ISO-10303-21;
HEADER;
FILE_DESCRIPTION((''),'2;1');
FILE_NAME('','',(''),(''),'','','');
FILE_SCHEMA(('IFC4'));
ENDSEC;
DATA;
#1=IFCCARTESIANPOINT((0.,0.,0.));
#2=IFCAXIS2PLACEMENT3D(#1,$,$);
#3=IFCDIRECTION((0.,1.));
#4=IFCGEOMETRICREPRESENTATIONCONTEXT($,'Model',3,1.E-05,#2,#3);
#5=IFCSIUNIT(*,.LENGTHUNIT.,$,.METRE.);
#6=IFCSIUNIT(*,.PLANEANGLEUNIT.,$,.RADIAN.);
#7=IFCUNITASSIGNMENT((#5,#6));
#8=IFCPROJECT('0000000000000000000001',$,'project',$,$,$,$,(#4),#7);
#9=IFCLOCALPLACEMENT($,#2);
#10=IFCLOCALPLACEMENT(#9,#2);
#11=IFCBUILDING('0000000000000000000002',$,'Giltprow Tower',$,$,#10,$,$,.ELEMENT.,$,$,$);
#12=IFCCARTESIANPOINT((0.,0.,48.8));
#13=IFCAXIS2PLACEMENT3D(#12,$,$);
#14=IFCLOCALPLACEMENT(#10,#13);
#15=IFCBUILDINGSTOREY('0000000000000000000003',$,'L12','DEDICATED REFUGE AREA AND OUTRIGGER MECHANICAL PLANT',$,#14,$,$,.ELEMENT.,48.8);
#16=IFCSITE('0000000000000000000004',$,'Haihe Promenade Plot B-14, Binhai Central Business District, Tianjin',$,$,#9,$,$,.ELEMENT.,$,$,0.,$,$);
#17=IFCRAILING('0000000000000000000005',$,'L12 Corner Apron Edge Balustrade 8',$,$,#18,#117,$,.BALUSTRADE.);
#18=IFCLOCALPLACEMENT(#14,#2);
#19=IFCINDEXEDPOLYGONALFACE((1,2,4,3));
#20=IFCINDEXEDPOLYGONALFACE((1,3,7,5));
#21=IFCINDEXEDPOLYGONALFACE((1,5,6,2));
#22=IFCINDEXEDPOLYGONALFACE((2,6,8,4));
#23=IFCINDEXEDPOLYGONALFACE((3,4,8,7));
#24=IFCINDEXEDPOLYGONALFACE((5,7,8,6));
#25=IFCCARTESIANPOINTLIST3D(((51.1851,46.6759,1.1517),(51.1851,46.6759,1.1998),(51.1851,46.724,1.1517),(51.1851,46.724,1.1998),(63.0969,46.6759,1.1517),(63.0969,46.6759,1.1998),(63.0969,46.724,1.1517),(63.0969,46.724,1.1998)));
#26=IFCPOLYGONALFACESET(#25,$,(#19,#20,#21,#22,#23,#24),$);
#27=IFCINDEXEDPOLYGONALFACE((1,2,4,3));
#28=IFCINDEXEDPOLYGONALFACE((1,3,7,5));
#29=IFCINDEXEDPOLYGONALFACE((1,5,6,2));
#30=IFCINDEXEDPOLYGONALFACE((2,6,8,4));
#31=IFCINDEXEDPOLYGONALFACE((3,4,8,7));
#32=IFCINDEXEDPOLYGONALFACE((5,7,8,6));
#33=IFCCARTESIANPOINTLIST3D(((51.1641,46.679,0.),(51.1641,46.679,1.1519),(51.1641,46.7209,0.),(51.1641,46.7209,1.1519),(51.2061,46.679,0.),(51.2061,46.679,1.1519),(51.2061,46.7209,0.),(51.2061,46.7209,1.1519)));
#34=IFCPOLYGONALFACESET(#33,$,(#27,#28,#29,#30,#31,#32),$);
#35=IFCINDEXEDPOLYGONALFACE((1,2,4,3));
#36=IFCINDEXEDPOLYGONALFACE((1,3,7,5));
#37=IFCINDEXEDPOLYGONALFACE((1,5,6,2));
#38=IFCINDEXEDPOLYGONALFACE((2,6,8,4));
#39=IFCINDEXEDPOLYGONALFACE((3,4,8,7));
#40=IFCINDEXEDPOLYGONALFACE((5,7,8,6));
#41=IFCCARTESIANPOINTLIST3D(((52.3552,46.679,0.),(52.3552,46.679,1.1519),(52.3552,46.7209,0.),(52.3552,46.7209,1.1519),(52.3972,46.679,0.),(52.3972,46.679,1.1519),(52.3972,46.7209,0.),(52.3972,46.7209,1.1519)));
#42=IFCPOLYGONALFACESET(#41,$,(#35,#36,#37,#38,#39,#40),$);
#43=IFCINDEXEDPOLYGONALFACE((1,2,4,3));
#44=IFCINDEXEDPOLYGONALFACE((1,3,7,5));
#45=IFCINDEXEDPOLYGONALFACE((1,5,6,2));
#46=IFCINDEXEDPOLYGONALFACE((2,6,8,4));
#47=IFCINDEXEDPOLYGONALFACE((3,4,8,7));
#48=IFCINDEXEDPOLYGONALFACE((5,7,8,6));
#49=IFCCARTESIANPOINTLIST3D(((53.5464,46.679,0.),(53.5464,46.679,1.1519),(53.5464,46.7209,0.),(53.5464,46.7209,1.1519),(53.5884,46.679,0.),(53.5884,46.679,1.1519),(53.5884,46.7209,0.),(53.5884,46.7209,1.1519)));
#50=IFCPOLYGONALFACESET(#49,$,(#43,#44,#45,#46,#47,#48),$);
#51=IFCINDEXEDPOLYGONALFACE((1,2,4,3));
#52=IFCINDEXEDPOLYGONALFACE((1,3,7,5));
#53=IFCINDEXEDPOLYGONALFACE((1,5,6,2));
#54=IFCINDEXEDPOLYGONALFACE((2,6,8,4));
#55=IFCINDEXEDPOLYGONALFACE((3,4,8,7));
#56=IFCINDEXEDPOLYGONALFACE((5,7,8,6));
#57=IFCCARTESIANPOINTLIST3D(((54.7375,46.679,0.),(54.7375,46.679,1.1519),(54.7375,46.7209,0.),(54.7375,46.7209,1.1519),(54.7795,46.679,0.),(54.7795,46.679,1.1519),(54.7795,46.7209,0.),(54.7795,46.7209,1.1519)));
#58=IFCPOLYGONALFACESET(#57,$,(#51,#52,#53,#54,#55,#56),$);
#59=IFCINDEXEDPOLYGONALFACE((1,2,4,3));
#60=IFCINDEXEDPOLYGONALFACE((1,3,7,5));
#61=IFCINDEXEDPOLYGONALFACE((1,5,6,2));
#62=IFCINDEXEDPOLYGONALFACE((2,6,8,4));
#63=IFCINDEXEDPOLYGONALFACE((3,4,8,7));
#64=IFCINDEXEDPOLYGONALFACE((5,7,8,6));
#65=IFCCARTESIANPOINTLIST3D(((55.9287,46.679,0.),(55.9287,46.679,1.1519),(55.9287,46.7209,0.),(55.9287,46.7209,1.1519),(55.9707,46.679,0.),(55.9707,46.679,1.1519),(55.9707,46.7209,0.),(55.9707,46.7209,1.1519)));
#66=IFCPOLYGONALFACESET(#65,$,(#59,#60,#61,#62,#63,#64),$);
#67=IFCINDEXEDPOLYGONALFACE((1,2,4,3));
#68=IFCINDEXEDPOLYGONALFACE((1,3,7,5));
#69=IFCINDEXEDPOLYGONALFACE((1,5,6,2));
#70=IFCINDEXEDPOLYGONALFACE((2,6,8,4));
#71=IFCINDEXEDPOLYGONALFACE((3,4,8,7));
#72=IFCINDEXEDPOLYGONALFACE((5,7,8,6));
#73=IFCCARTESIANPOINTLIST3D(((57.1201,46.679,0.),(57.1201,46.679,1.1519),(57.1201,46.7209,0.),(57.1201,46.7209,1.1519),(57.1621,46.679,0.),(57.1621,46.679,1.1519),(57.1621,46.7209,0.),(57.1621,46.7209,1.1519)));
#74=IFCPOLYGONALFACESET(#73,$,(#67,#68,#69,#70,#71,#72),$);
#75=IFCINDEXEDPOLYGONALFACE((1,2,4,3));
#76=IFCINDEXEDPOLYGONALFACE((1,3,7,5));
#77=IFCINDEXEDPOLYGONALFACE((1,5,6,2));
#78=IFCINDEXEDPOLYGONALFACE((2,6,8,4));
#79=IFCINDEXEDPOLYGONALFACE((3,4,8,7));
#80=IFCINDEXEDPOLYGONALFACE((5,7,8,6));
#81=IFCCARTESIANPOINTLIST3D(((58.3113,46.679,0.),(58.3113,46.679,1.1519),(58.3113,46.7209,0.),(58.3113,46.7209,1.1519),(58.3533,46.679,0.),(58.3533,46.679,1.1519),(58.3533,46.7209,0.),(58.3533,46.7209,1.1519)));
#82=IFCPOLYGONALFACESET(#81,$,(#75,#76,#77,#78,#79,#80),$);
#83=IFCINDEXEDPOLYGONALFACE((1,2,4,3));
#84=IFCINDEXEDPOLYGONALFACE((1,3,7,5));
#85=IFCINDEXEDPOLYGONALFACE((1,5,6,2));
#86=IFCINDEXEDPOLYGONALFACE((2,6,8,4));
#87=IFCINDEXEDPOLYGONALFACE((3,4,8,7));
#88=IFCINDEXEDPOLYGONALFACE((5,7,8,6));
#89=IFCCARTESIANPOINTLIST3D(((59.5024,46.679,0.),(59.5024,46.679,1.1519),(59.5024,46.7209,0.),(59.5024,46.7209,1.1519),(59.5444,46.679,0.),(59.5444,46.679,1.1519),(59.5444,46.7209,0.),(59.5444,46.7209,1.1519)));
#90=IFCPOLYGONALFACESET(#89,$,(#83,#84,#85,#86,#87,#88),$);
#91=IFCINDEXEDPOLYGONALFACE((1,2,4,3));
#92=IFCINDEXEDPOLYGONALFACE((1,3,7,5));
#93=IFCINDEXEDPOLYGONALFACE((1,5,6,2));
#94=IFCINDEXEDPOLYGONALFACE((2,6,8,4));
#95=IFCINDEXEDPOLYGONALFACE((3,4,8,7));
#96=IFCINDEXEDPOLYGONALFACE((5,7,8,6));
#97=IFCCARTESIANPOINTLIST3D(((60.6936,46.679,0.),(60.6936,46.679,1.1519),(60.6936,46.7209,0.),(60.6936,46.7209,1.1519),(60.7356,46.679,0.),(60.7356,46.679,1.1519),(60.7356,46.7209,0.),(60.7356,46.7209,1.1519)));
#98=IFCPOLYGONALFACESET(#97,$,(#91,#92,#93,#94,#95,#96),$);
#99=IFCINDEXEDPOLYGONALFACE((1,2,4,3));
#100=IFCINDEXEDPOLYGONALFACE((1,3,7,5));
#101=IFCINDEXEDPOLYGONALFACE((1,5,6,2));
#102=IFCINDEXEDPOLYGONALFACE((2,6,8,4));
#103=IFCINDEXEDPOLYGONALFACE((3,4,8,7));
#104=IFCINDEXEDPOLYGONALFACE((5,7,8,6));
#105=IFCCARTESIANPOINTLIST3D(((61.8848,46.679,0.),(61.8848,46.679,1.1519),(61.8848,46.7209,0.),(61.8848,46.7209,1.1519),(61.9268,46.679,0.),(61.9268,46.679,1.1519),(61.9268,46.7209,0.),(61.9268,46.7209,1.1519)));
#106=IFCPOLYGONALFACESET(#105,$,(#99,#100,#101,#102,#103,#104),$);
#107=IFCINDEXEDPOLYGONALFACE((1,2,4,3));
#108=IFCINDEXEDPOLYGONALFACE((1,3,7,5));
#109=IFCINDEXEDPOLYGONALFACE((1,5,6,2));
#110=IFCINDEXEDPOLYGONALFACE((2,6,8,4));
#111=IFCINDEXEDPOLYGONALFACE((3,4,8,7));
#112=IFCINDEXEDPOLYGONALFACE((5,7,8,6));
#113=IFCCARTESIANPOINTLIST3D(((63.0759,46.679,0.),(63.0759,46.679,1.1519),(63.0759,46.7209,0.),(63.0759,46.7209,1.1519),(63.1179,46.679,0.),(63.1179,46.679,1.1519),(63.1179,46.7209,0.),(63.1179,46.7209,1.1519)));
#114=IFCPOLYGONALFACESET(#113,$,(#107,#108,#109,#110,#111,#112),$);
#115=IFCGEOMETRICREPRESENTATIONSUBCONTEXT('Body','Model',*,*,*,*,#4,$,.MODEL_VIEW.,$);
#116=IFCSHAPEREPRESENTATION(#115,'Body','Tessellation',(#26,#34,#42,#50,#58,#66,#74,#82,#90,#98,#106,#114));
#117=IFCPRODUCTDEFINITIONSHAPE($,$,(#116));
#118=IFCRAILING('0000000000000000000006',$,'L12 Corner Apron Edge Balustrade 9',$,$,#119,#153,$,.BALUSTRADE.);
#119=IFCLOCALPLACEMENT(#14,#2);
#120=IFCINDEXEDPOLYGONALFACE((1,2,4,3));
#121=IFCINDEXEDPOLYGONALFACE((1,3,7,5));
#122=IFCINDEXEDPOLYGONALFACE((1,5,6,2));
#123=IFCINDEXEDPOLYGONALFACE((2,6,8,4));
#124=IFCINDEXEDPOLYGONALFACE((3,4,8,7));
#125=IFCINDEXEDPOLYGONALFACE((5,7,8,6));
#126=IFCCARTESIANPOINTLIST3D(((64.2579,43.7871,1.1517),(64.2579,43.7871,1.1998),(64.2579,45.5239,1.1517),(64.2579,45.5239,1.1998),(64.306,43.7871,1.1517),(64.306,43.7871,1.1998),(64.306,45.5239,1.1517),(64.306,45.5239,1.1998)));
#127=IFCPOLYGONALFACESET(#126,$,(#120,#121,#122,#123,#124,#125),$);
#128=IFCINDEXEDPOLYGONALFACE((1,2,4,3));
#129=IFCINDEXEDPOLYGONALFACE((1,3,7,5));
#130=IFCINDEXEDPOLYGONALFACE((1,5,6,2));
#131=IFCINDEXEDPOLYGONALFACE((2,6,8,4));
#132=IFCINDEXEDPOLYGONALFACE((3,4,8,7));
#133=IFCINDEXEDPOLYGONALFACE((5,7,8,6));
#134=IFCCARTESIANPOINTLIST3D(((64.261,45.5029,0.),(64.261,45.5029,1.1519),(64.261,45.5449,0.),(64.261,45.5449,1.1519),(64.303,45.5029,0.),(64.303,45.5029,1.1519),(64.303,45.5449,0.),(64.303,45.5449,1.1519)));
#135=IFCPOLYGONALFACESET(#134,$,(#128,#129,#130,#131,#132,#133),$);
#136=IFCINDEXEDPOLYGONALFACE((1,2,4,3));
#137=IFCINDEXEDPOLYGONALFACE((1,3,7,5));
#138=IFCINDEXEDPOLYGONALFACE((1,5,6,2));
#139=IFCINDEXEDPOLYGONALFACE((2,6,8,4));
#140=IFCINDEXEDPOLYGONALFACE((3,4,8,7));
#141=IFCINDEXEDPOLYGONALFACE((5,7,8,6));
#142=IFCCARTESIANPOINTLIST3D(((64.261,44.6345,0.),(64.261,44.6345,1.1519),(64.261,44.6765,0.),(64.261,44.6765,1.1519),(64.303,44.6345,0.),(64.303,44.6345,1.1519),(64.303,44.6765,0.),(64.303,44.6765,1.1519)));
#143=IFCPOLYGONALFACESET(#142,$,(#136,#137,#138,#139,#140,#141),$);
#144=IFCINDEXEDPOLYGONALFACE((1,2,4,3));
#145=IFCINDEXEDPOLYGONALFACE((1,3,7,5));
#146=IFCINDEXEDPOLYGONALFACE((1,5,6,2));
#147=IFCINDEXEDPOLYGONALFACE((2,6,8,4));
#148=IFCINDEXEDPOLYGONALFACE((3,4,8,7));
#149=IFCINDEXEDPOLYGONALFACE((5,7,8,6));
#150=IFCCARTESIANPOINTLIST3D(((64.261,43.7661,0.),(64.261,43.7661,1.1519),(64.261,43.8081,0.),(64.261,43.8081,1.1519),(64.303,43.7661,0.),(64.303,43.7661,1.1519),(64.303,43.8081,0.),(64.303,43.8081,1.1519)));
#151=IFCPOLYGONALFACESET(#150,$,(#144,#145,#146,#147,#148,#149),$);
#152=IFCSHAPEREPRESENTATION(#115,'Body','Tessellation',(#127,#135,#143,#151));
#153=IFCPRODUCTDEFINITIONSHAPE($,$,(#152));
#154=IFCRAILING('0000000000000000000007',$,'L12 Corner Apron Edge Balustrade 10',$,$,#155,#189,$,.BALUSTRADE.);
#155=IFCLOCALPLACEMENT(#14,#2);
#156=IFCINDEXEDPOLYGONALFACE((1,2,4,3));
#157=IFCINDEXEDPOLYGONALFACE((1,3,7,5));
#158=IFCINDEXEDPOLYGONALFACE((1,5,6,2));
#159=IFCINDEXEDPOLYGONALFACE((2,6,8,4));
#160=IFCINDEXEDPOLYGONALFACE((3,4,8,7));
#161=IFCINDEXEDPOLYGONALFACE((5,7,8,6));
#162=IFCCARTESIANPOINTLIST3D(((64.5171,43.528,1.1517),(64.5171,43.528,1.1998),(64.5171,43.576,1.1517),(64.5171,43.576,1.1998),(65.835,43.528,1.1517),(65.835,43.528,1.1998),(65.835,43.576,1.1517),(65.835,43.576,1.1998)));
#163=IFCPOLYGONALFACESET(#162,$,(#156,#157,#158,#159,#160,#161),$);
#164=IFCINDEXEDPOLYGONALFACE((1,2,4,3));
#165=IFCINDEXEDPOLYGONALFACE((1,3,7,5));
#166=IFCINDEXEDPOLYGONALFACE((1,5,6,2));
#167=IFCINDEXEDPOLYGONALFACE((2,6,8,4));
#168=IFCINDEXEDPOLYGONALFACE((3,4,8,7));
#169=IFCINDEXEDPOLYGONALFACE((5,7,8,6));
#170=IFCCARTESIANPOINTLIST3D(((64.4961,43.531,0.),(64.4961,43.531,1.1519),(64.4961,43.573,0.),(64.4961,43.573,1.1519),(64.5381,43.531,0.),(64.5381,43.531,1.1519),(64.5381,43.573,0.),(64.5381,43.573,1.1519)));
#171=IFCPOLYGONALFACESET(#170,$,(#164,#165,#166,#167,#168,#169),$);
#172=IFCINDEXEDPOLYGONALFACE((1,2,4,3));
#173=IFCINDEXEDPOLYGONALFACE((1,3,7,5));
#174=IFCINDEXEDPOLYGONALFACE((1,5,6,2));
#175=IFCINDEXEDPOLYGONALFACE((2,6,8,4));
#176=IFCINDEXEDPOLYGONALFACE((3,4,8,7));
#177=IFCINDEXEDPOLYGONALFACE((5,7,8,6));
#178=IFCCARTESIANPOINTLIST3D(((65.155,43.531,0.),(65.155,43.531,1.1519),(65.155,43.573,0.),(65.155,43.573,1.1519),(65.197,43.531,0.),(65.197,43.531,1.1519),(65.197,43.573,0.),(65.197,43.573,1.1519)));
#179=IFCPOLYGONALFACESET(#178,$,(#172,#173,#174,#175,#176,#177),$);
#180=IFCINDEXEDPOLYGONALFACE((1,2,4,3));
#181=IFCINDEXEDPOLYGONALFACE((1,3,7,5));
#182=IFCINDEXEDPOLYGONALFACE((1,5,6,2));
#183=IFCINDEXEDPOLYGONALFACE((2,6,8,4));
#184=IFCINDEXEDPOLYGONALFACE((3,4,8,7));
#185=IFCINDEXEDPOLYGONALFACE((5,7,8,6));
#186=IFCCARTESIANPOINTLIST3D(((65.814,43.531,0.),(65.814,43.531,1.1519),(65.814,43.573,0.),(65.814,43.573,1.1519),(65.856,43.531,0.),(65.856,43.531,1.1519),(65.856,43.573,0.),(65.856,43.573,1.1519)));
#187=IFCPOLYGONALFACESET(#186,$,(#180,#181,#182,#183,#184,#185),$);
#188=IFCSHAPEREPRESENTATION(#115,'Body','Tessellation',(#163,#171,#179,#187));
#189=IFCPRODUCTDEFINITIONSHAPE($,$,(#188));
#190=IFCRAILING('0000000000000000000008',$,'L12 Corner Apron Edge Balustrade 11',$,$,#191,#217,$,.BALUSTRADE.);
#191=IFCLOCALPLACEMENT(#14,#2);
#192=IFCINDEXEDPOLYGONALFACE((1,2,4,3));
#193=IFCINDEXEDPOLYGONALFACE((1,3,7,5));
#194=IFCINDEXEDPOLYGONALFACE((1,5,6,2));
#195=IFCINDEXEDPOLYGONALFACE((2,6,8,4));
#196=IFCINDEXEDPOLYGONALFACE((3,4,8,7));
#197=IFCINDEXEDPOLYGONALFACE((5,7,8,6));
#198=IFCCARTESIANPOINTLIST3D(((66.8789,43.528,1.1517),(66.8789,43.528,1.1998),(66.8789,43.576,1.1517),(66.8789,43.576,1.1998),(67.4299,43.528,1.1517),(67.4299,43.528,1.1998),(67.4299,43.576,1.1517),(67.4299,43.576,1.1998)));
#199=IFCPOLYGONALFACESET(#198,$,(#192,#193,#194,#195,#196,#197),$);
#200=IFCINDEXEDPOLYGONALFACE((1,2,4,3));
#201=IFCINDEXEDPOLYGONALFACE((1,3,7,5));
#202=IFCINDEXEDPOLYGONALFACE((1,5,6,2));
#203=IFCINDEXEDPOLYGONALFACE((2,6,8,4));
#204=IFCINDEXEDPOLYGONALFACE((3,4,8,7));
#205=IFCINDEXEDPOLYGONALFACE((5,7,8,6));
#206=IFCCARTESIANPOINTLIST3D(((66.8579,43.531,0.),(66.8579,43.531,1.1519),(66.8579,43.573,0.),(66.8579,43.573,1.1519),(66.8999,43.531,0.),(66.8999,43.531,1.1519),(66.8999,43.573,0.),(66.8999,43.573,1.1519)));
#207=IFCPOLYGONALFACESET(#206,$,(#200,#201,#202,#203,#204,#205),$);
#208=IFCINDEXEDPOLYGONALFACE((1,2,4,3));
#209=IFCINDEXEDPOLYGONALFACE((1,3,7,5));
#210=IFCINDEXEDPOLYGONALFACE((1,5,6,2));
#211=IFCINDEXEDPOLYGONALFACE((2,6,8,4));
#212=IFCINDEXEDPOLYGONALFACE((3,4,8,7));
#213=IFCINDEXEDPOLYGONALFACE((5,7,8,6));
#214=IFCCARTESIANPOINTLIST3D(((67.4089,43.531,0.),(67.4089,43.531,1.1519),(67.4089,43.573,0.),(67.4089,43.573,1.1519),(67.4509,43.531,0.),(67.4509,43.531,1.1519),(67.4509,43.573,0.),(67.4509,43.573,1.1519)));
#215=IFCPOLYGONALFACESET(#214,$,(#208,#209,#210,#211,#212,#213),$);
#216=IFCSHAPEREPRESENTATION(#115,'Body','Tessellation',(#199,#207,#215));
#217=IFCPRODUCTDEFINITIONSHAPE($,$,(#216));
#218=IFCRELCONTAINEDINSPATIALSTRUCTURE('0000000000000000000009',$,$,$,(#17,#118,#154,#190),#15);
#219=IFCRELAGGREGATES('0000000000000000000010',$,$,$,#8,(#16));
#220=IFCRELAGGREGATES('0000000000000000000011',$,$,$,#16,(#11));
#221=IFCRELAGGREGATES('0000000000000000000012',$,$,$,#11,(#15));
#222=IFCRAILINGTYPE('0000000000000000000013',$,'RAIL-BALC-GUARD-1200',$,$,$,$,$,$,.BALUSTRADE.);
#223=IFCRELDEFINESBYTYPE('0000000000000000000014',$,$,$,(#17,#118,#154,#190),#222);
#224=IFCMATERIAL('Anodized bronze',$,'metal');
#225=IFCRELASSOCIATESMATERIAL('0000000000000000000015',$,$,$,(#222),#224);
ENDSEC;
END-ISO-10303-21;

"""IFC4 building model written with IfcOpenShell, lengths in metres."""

from ifc_helpers import new_model, si_unit, direction, frame, origin, origin_2d, place, context, subcontext, project, spatial, rectangle, extrude, material, type_object, element, save


model = new_model("IFC4")

# Units and contexts
model_context = context("Model", 3, precision=1e-05, world=origin(), true_north=direction((0.0, 1.0)))
body_context = subcontext(model_context, "Body", "Model", "MODEL_VIEW")
ifc_project = project(units=[si_unit("LENGTHUNIT", "METRE"), si_unit("PLANEANGLEUNIT", "RADIAN")], contexts=[model_context])

# Site, building, storey
site_placement = place(None, origin())
site = spatial("IfcSite", under=ifc_project, at=site_placement, Name="Haihe Promenade Plot B-14, Binhai Central Business District, Tianjin", CompositionType="ELEMENT", RefElevation=0.0)
building_placement = place(site_placement, origin())
building = spatial("IfcBuilding", under=site, at=building_placement, Name="Giltprow Tower", CompositionType="ELEMENT")
storey_placement = place(building_placement, frame((0.0, 0.0, 48.8)))
storey = spatial("IfcBuildingStorey", under=building, at=storey_placement, Name="L12", Description="DEDICATED REFUGE AREA AND OUTRIGGER MECHANICAL PLANT", CompositionType="ELEMENT", Elevation=48.8)

# Railings
ifc_material_1 = material(Name="Anodized bronze", Category="metal")
railing_type_1 = type_object("IfcRailingType", Name="RAIL-BALC-GUARD-1200", PredefinedType="BALUSTRADE", material=ifc_material_1)
railing_1_placement = place(storey_placement, frame((51.1851, 46.7, 0.0)))
element("IfcRailing", 1, at=railing_1_placement, inside=storey, type_object=railing_type_1, Name="L12 Corner Apron Edge Balustrade 8", PredefinedType="BALUSTRADE", context=body_context, shape_type="SweptSolid", body=[
    extrude(rectangle(XDim=0.0481, YDim=0.0481, at=origin_2d()), frame((0.0, 0.0, 1.1758), z_axis=(1.0, 0.0, 0.0), x_axis=(0.0, 1.0, 0.0)), (0.0, 0.0, 1.0), 11.9119),
    extrude(rectangle(XDim=0.042, YDim=0.042, at=origin_2d()), origin(), (0.0, 0.0, 1.0), 1.1519),
    extrude(rectangle(XDim=0.042, YDim=0.042, at=origin_2d()), frame((1.1912, 0.0, 0.0)), (0.0, 0.0, 1.0), 1.1519),
    extrude(rectangle(XDim=0.042, YDim=0.042, at=origin_2d()), frame((2.3823, 0.0, 0.0)), (0.0, 0.0, 1.0), 1.1519),
    extrude(rectangle(XDim=0.042, YDim=0.042, at=origin_2d()), frame((3.5735, 0.0, 0.0)), (0.0, 0.0, 1.0), 1.1519),
    extrude(rectangle(XDim=0.042, YDim=0.042, at=origin_2d()), frame((4.7646, 0.0, 0.0)), (0.0, 0.0, 1.0), 1.1519),
    extrude(rectangle(XDim=0.042, YDim=0.042, at=origin_2d()), frame((5.9561, 0.0, 0.0)), (0.0, 0.0, 1.0), 1.1519),
    extrude(rectangle(XDim=0.042, YDim=0.042, at=origin_2d()), frame((7.1472, 0.0, 0.0)), (0.0, 0.0, 1.0), 1.1519),
    extrude(rectangle(XDim=0.042, YDim=0.042, at=origin_2d()), frame((8.3384, 0.0, 0.0)), (0.0, 0.0, 1.0), 1.1519),
    extrude(rectangle(XDim=0.042, YDim=0.042, at=origin_2d()), frame((9.5295, 0.0, 0.0)), (0.0, 0.0, 1.0), 1.1519),
    extrude(rectangle(XDim=0.042, YDim=0.042, at=origin_2d()), frame((10.7207, 0.0, 0.0)), (0.0, 0.0, 1.0), 1.1519),
    extrude(rectangle(XDim=0.042, YDim=0.042, at=origin_2d()), frame((11.9119, 0.0, 0.0)), (0.0, 0.0, 1.0), 1.1519),
])
railing_2_placement = place(storey_placement, frame((64.282, 45.5239, 0.0)))
element("IfcRailing", 2, at=railing_2_placement, inside=storey, type_object=railing_type_1, Name="L12 Corner Apron Edge Balustrade 9", PredefinedType="BALUSTRADE", context=body_context, shape_type="SweptSolid", body=[
    extrude(rectangle(XDim=0.0481, YDim=0.0481, at=origin_2d()), frame((0.0, 0.0, 1.1758), z_axis=(0.0, -1.0, 0.0), x_axis=(1.0, 0.0, 0.0)), (0.0, 0.0, 1.0), 1.7368),
    extrude(rectangle(XDim=0.042, YDim=0.042, at=origin_2d()), origin(), (0.0, 0.0, 1.0), 1.1519),
    extrude(rectangle(XDim=0.042, YDim=0.042, at=origin_2d()), frame((0.0, -0.8684, 0.0)), (0.0, 0.0, 1.0), 1.1519),
    extrude(rectangle(XDim=0.042, YDim=0.042, at=origin_2d()), frame((0.0, -1.7368, 0.0)), (0.0, 0.0, 1.0), 1.1519),
])
railing_3_placement = place(storey_placement, frame((64.5171, 43.552, 0.0)))
element("IfcRailing", 3, at=railing_3_placement, inside=storey, type_object=railing_type_1, Name="L12 Corner Apron Edge Balustrade 10", PredefinedType="BALUSTRADE", context=body_context, shape_type="SweptSolid", body=[
    extrude(rectangle(XDim=0.0481, YDim=0.0481, at=origin_2d()), frame((0.0, 0.0, 1.1758), z_axis=(1.0, 0.0, 0.0), x_axis=(0.0, 1.0, 0.0)), (0.0, 0.0, 1.0), 1.3179),
    extrude(rectangle(XDim=0.042, YDim=0.042, at=origin_2d()), origin(), (0.0, 0.0, 1.0), 1.1519),
    extrude(rectangle(XDim=0.042, YDim=0.042, at=origin_2d()), frame((0.6589, 0.0, 0.0)), (0.0, 0.0, 1.0), 1.1519),
    extrude(rectangle(XDim=0.042, YDim=0.042, at=origin_2d()), frame((1.3179, 0.0, 0.0)), (0.0, 0.0, 1.0), 1.1519),
])
railing_4_placement = place(storey_placement, frame((66.8789, 43.552, 0.0)))
element("IfcRailing", 4, at=railing_4_placement, inside=storey, type_object=railing_type_1, Name="L12 Corner Apron Edge Balustrade 11", PredefinedType="BALUSTRADE", context=body_context, shape_type="SweptSolid", body=[
    extrude(rectangle(XDim=0.0481, YDim=0.0481, at=origin_2d()), frame((0.0, 0.0, 1.1758), z_axis=(1.0, 0.0, 0.0), x_axis=(0.0, 1.0, 0.0)), (0.0, 0.0, 1.0), 0.551),
    extrude(rectangle(XDim=0.042, YDim=0.042, at=origin_2d()), origin(), (0.0, 0.0, 1.0), 1.1519),
    extrude(rectangle(XDim=0.042, YDim=0.042, at=origin_2d()), frame((0.551, 0.0, 0.0)), (0.0, 0.0, 1.0), 1.1519),
])

save(model, "model.ifc")
